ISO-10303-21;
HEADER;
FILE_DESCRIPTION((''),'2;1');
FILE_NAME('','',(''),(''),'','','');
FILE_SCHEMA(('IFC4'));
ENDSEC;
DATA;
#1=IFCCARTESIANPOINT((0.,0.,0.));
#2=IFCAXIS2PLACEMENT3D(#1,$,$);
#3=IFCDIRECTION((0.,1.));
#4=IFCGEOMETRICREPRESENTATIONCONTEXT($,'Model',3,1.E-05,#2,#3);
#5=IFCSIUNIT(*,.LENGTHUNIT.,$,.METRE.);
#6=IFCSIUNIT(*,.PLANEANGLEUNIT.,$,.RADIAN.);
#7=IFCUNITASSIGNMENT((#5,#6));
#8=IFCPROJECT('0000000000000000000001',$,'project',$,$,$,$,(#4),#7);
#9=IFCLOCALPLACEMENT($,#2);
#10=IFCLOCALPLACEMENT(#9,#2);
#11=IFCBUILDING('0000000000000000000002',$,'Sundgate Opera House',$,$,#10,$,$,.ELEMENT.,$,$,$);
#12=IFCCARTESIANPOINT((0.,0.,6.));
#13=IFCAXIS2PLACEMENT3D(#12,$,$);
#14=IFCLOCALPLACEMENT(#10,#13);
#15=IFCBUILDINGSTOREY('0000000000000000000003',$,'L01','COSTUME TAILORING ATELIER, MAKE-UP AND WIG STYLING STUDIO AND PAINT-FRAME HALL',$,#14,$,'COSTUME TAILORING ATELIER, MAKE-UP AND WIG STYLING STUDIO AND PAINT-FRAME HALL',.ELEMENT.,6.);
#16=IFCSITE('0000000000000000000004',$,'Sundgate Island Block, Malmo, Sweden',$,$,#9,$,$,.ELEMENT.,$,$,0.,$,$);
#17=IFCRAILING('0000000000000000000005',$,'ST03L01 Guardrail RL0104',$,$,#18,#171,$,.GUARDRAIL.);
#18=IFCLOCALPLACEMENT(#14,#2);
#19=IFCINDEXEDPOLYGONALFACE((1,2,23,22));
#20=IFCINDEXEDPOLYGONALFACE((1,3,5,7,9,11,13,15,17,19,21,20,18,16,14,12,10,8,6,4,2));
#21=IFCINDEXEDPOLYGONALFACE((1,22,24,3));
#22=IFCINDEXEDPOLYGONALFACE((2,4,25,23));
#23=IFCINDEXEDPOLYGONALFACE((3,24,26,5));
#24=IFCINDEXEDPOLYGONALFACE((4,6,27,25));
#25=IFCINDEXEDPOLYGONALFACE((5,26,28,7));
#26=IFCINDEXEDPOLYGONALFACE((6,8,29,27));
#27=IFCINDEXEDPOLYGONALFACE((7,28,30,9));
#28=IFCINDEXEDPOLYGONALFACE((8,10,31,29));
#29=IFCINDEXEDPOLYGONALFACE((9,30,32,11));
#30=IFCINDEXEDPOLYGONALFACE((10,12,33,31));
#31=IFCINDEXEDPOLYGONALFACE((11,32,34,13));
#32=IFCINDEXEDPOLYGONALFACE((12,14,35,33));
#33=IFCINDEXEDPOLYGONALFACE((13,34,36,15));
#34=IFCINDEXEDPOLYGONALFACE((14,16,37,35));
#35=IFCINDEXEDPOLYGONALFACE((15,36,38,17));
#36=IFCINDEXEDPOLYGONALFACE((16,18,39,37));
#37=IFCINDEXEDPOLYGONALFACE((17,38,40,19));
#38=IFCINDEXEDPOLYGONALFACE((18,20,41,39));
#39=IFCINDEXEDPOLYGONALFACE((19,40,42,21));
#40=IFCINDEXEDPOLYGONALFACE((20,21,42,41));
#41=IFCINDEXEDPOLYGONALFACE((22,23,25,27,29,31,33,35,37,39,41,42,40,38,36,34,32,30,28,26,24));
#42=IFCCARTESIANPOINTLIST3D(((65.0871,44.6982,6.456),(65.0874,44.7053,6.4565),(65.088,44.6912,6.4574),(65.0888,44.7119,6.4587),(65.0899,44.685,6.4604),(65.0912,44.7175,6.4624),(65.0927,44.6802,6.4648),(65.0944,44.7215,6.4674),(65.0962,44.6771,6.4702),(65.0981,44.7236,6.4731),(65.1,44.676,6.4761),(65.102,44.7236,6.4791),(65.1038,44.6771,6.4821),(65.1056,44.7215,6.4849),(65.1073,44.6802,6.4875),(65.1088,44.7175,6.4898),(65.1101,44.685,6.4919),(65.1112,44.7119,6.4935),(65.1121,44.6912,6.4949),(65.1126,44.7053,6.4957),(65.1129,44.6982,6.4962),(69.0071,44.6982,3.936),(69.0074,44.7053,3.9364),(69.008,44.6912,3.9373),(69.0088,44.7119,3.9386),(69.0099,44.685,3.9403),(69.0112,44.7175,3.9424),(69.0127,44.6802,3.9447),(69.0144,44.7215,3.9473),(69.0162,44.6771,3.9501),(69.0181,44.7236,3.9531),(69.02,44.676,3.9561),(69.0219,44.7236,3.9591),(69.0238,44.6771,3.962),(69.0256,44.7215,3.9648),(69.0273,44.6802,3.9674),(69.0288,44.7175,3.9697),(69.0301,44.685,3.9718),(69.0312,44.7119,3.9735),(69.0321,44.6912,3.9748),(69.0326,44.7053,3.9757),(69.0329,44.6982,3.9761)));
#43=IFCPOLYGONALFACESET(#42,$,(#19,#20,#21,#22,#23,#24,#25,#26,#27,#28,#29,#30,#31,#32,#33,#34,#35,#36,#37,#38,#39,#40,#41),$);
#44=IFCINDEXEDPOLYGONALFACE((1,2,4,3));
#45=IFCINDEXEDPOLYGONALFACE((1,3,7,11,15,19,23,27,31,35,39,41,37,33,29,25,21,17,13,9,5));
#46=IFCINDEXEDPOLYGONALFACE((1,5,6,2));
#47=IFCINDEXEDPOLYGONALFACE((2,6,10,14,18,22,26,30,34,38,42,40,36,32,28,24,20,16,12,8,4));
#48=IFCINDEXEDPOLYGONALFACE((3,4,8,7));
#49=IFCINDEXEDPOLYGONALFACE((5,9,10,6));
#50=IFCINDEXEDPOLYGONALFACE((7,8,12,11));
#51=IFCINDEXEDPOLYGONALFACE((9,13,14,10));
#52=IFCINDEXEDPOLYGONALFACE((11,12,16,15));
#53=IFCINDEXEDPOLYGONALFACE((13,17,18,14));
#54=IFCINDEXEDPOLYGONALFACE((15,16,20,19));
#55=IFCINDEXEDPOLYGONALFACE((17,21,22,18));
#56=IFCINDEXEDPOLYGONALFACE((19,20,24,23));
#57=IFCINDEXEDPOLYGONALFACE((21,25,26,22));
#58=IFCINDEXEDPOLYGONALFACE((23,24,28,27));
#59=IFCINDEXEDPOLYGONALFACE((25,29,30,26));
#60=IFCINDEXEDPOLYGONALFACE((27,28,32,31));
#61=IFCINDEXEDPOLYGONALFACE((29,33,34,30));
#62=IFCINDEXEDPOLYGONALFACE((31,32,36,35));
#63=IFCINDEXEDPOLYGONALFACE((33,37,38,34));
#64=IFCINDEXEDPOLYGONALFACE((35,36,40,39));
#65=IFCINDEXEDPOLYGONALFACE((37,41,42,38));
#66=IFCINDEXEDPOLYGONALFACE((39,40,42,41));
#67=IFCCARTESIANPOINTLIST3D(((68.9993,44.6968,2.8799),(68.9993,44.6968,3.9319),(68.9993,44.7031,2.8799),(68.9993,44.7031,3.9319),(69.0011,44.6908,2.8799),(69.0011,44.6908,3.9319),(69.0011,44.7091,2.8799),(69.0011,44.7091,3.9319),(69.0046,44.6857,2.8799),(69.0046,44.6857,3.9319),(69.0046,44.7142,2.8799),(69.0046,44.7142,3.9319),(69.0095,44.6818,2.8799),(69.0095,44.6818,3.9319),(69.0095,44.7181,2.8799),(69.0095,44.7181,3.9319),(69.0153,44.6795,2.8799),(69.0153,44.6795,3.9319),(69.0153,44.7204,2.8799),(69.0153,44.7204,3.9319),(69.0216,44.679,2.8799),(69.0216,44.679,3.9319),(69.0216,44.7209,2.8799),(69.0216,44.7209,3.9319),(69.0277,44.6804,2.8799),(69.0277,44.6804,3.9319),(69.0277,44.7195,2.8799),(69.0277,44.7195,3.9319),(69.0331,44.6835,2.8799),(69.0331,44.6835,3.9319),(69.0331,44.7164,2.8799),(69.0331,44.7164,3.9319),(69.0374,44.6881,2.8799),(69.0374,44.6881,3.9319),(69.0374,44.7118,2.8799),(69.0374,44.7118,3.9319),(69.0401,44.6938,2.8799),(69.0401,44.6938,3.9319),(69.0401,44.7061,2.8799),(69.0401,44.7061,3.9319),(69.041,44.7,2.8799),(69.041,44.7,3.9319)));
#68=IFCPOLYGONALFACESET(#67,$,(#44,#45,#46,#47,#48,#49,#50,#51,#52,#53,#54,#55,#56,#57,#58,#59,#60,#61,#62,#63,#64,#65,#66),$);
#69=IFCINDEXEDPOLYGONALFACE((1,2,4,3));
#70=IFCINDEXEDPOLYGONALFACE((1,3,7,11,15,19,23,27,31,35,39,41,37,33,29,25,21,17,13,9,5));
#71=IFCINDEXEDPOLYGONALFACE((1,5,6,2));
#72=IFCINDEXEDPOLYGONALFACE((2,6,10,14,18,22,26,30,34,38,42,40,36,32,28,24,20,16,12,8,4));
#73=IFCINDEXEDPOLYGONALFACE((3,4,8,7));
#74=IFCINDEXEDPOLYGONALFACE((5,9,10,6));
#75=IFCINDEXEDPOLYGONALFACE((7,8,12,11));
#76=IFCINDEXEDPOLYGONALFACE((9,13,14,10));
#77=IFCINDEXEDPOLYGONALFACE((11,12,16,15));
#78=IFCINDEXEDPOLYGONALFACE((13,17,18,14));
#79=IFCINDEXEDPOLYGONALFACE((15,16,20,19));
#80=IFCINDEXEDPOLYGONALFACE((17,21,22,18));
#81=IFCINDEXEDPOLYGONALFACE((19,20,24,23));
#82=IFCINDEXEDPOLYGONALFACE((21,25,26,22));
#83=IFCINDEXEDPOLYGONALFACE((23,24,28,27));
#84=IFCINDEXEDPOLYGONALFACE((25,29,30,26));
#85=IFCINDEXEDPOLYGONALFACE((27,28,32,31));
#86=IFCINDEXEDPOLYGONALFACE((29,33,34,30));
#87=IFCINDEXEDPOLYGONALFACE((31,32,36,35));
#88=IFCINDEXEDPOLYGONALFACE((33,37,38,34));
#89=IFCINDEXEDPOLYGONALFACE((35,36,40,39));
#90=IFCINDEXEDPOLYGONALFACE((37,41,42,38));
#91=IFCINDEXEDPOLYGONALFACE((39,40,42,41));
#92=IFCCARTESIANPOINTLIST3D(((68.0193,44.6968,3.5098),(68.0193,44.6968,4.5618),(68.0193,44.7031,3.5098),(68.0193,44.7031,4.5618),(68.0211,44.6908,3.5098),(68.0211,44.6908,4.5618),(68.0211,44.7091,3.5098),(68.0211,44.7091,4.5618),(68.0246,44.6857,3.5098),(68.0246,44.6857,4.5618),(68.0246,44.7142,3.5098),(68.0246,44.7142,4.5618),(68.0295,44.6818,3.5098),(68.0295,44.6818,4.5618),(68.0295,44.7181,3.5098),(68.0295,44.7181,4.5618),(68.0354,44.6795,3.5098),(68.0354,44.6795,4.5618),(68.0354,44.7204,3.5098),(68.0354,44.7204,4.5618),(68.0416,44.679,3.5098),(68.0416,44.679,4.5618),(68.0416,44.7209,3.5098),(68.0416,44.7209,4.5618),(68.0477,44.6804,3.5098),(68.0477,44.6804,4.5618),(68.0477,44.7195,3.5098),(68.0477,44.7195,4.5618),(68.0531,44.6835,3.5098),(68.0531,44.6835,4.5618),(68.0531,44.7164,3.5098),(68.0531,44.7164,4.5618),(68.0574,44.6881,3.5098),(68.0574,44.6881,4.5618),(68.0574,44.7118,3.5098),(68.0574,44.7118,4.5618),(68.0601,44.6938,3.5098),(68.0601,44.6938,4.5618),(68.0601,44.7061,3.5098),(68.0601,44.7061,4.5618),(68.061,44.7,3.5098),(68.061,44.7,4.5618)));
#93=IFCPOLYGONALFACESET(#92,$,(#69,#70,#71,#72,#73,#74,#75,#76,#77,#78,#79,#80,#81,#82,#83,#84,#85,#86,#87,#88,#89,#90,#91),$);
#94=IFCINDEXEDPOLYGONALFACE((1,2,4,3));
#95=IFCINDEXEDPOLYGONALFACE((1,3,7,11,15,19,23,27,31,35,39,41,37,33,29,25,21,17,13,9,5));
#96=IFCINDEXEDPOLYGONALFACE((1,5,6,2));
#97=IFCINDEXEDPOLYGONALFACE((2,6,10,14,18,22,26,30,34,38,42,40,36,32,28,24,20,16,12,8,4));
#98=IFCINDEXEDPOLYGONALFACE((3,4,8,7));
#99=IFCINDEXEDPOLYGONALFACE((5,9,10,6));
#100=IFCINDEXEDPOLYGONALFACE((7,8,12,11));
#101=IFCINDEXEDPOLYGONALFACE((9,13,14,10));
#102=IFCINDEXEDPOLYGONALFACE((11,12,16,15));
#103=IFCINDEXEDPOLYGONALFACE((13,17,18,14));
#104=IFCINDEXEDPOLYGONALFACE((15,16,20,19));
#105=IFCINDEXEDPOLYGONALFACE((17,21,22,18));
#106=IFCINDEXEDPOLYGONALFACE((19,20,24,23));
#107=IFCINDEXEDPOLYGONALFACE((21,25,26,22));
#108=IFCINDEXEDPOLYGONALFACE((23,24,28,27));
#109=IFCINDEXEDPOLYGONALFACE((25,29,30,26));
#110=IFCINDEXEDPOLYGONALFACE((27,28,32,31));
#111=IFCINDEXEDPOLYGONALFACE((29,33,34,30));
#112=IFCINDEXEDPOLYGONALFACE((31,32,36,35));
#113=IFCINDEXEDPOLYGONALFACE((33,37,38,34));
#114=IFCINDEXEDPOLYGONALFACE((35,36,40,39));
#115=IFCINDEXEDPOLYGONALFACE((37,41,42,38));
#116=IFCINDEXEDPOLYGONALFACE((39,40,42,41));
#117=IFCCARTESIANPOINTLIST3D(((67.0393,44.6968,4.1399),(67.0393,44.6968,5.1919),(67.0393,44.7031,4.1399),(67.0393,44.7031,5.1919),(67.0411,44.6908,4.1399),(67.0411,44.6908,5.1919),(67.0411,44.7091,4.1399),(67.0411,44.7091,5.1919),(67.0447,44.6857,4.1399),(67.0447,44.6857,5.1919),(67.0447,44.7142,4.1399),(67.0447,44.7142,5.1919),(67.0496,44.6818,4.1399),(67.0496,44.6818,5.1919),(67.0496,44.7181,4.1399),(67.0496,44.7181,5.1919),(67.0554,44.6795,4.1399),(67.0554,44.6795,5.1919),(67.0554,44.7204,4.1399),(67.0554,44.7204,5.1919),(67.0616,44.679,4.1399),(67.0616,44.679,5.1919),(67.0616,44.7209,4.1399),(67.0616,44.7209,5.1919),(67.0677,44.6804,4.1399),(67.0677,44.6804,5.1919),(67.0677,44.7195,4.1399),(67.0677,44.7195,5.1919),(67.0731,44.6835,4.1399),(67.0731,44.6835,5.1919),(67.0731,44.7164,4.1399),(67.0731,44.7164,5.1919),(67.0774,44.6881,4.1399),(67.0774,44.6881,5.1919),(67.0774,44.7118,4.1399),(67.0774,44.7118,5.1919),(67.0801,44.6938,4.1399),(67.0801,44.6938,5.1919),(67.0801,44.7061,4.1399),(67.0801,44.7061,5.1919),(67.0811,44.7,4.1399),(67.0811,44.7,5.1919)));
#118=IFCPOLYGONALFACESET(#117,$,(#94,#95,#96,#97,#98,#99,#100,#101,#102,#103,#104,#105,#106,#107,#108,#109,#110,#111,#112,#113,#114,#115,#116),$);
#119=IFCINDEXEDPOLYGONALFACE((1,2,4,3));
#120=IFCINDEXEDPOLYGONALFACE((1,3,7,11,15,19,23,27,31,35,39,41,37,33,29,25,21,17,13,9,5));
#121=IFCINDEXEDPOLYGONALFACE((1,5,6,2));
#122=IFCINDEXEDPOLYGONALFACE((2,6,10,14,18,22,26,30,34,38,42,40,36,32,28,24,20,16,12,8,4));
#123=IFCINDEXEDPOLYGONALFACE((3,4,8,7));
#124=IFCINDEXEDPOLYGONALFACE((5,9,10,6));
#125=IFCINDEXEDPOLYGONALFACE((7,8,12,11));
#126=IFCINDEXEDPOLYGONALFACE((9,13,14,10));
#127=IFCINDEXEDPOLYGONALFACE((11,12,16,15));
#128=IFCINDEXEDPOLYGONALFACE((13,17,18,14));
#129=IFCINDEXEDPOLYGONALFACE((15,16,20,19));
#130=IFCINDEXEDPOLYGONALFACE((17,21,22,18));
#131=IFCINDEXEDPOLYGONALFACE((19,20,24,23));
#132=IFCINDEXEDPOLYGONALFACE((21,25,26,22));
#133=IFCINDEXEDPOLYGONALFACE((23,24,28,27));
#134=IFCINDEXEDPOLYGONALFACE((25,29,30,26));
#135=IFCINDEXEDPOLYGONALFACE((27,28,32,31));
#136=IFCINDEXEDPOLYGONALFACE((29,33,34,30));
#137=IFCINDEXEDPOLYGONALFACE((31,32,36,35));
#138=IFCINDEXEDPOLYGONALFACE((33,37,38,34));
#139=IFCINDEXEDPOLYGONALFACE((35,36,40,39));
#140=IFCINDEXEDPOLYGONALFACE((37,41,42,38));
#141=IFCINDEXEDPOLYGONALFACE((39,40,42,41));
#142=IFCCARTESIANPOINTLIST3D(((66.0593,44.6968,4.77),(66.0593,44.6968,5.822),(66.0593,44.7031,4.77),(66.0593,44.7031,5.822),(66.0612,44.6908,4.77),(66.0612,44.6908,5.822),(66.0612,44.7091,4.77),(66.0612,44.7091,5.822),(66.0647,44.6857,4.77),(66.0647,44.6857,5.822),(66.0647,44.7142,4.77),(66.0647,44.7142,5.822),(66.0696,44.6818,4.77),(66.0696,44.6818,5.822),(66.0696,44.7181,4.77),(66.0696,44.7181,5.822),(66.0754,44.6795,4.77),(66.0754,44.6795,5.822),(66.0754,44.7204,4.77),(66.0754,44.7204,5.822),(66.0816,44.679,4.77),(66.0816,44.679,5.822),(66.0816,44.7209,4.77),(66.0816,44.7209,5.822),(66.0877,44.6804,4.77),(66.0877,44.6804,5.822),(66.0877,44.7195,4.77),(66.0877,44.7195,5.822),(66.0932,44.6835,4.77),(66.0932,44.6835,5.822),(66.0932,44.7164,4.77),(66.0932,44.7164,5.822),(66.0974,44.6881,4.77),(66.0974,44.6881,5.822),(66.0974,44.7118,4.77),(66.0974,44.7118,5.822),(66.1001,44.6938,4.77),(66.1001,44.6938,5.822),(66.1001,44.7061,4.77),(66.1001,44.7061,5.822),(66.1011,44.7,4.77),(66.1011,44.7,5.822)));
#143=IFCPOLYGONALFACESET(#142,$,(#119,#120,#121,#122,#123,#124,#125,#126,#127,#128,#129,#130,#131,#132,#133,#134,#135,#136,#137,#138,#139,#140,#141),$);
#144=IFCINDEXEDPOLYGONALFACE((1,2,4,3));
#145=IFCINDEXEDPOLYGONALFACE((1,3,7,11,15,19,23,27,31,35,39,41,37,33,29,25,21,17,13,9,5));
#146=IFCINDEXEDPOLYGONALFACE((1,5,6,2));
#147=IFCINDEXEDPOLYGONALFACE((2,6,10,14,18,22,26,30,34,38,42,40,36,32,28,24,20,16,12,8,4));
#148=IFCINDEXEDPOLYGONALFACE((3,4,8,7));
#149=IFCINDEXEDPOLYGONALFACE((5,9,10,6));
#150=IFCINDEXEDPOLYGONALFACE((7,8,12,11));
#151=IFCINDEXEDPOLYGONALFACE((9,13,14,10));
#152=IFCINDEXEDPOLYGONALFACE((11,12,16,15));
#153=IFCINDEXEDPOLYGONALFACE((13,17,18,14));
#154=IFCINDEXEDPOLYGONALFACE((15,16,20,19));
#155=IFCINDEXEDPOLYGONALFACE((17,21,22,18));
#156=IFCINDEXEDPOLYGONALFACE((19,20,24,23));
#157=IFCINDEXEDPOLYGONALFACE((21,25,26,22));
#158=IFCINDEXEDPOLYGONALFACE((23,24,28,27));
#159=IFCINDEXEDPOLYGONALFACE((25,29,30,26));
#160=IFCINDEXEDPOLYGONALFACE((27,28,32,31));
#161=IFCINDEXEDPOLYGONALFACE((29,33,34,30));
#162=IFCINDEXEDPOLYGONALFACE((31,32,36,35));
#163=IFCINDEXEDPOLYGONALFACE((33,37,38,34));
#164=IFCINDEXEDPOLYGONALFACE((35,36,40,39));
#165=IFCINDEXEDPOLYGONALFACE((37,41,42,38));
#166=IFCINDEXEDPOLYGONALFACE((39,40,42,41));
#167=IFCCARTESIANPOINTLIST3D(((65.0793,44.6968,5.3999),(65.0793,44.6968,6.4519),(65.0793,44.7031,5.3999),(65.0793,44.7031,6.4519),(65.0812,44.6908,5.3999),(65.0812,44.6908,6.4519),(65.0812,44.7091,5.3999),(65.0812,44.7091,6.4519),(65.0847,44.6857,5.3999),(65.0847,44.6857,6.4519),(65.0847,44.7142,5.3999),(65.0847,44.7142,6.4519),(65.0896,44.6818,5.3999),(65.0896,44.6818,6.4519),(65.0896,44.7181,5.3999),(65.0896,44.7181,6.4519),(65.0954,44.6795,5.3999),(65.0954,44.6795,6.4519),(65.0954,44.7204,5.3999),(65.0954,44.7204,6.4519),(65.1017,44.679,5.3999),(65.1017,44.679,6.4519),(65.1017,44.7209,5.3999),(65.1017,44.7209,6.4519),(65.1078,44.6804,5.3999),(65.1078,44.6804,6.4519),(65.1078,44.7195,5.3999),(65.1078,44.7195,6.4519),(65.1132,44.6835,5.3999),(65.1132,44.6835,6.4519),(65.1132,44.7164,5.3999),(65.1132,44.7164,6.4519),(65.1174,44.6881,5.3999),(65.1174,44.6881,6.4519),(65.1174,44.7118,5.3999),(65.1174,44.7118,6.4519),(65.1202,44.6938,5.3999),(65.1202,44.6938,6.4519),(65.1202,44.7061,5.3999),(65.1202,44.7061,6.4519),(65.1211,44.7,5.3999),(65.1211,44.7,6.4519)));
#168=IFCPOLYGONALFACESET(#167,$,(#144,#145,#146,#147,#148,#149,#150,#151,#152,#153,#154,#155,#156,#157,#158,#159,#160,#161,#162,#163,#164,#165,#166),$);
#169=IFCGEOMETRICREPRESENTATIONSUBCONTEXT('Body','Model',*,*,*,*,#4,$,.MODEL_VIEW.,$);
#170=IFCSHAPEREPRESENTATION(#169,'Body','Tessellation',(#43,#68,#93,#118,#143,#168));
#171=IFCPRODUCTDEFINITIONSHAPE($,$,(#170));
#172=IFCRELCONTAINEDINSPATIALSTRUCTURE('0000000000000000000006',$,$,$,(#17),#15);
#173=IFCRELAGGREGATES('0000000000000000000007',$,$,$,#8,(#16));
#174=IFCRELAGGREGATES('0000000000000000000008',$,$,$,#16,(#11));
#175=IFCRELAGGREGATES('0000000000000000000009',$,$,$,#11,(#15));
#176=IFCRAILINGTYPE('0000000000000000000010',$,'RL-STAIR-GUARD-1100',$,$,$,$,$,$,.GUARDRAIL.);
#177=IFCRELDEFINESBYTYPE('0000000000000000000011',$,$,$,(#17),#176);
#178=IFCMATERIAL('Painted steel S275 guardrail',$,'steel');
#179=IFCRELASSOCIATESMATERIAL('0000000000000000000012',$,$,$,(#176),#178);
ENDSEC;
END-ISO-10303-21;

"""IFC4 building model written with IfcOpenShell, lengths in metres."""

from ifc_helpers import new_model, si_unit, direction, frame, origin, origin_2d, place, context, subcontext, project, spatial, circle, extrude, material, type_object, element, save


model = new_model("IFC4")

# Units and contexts
model_context = context("Model", 3, precision=1e-05, world=origin(), true_north=direction((0.0, 1.0)))
body_context = subcontext(model_context, "Body", "Model", "MODEL_VIEW")
ifc_project = project(units=[si_unit("LENGTHUNIT", "METRE"), si_unit("PLANEANGLEUNIT", "RADIAN")], contexts=[model_context])

# Site, building, storey
site_placement = place(None, origin())
site = spatial("IfcSite", under=ifc_project, at=site_placement, Name="Sundgate Island Block, Malmo, Sweden", CompositionType="ELEMENT", RefElevation=0.0)
building_placement = place(site_placement, origin())
building = spatial("IfcBuilding", under=site, at=building_placement, Name="Sundgate Opera House", CompositionType="ELEMENT")
storey_placement = place(building_placement, frame((0.0, 0.0, 6.0)))
storey = spatial("IfcBuildingStorey", under=building, at=storey_placement, Name="L01", Description="COSTUME TAILORING ATELIER, MAKE-UP AND WIG STYLING STUDIO AND PAINT-FRAME HALL", LongName="COSTUME TAILORING ATELIER, MAKE-UP AND WIG STYLING STUDIO AND PAINT-FRAME HALL", CompositionType="ELEMENT", Elevation=6.0)

# Railing
ifc_material_1 = material(Name="Painted steel S275 guardrail", Category="steel")
railing_type_1 = type_object("IfcRailingType", Name="RL-STAIR-GUARD-1100", PredefinedType="GUARDRAIL", material=ifc_material_1)
railing_1_placement = place(storey_placement, frame((69.02, 44.7, 2.8799)))
element("IfcRailing", 1, at=railing_1_placement, inside=storey, type_object=railing_type_1, Name="ST03L01 Guardrail RL0104", PredefinedType="GUARDRAIL", context=body_context, shape_type="SweptSolid", body=[
    extrude(circle(Radius=0.0239, at=origin_2d()), frame((0.0, 0.0, 1.0762), z_axis=(-0.841172, 0.0, 0.540768), x_axis=(0.0, -1.0, 0.0)), (0.0, 0.0, 1.0), 4.6602),
    extrude(circle(Radius=0.021, at=origin_2d()), origin(), (0.0, 0.0, 1.0), 1.052),
    extrude(circle(Radius=0.021, at=origin_2d()), frame((-0.98, 0.0, 0.6299)), (0.0, 0.0, 1.0), 1.052),
    extrude(circle(Radius=0.021, at=origin_2d()), frame((-1.96, 0.0, 1.26)), (0.0, 0.0, 1.0), 1.052),
    extrude(circle(Radius=0.021, at=origin_2d()), frame((-2.9399, 0.0, 1.8901)), (0.0, 0.0, 1.0), 1.052),
    extrude(circle(Radius=0.021, at=origin_2d()), frame((-3.9199, 0.0, 2.52)), (0.0, 0.0, 1.0), 1.052),
])

save(model, "model.ifc")
